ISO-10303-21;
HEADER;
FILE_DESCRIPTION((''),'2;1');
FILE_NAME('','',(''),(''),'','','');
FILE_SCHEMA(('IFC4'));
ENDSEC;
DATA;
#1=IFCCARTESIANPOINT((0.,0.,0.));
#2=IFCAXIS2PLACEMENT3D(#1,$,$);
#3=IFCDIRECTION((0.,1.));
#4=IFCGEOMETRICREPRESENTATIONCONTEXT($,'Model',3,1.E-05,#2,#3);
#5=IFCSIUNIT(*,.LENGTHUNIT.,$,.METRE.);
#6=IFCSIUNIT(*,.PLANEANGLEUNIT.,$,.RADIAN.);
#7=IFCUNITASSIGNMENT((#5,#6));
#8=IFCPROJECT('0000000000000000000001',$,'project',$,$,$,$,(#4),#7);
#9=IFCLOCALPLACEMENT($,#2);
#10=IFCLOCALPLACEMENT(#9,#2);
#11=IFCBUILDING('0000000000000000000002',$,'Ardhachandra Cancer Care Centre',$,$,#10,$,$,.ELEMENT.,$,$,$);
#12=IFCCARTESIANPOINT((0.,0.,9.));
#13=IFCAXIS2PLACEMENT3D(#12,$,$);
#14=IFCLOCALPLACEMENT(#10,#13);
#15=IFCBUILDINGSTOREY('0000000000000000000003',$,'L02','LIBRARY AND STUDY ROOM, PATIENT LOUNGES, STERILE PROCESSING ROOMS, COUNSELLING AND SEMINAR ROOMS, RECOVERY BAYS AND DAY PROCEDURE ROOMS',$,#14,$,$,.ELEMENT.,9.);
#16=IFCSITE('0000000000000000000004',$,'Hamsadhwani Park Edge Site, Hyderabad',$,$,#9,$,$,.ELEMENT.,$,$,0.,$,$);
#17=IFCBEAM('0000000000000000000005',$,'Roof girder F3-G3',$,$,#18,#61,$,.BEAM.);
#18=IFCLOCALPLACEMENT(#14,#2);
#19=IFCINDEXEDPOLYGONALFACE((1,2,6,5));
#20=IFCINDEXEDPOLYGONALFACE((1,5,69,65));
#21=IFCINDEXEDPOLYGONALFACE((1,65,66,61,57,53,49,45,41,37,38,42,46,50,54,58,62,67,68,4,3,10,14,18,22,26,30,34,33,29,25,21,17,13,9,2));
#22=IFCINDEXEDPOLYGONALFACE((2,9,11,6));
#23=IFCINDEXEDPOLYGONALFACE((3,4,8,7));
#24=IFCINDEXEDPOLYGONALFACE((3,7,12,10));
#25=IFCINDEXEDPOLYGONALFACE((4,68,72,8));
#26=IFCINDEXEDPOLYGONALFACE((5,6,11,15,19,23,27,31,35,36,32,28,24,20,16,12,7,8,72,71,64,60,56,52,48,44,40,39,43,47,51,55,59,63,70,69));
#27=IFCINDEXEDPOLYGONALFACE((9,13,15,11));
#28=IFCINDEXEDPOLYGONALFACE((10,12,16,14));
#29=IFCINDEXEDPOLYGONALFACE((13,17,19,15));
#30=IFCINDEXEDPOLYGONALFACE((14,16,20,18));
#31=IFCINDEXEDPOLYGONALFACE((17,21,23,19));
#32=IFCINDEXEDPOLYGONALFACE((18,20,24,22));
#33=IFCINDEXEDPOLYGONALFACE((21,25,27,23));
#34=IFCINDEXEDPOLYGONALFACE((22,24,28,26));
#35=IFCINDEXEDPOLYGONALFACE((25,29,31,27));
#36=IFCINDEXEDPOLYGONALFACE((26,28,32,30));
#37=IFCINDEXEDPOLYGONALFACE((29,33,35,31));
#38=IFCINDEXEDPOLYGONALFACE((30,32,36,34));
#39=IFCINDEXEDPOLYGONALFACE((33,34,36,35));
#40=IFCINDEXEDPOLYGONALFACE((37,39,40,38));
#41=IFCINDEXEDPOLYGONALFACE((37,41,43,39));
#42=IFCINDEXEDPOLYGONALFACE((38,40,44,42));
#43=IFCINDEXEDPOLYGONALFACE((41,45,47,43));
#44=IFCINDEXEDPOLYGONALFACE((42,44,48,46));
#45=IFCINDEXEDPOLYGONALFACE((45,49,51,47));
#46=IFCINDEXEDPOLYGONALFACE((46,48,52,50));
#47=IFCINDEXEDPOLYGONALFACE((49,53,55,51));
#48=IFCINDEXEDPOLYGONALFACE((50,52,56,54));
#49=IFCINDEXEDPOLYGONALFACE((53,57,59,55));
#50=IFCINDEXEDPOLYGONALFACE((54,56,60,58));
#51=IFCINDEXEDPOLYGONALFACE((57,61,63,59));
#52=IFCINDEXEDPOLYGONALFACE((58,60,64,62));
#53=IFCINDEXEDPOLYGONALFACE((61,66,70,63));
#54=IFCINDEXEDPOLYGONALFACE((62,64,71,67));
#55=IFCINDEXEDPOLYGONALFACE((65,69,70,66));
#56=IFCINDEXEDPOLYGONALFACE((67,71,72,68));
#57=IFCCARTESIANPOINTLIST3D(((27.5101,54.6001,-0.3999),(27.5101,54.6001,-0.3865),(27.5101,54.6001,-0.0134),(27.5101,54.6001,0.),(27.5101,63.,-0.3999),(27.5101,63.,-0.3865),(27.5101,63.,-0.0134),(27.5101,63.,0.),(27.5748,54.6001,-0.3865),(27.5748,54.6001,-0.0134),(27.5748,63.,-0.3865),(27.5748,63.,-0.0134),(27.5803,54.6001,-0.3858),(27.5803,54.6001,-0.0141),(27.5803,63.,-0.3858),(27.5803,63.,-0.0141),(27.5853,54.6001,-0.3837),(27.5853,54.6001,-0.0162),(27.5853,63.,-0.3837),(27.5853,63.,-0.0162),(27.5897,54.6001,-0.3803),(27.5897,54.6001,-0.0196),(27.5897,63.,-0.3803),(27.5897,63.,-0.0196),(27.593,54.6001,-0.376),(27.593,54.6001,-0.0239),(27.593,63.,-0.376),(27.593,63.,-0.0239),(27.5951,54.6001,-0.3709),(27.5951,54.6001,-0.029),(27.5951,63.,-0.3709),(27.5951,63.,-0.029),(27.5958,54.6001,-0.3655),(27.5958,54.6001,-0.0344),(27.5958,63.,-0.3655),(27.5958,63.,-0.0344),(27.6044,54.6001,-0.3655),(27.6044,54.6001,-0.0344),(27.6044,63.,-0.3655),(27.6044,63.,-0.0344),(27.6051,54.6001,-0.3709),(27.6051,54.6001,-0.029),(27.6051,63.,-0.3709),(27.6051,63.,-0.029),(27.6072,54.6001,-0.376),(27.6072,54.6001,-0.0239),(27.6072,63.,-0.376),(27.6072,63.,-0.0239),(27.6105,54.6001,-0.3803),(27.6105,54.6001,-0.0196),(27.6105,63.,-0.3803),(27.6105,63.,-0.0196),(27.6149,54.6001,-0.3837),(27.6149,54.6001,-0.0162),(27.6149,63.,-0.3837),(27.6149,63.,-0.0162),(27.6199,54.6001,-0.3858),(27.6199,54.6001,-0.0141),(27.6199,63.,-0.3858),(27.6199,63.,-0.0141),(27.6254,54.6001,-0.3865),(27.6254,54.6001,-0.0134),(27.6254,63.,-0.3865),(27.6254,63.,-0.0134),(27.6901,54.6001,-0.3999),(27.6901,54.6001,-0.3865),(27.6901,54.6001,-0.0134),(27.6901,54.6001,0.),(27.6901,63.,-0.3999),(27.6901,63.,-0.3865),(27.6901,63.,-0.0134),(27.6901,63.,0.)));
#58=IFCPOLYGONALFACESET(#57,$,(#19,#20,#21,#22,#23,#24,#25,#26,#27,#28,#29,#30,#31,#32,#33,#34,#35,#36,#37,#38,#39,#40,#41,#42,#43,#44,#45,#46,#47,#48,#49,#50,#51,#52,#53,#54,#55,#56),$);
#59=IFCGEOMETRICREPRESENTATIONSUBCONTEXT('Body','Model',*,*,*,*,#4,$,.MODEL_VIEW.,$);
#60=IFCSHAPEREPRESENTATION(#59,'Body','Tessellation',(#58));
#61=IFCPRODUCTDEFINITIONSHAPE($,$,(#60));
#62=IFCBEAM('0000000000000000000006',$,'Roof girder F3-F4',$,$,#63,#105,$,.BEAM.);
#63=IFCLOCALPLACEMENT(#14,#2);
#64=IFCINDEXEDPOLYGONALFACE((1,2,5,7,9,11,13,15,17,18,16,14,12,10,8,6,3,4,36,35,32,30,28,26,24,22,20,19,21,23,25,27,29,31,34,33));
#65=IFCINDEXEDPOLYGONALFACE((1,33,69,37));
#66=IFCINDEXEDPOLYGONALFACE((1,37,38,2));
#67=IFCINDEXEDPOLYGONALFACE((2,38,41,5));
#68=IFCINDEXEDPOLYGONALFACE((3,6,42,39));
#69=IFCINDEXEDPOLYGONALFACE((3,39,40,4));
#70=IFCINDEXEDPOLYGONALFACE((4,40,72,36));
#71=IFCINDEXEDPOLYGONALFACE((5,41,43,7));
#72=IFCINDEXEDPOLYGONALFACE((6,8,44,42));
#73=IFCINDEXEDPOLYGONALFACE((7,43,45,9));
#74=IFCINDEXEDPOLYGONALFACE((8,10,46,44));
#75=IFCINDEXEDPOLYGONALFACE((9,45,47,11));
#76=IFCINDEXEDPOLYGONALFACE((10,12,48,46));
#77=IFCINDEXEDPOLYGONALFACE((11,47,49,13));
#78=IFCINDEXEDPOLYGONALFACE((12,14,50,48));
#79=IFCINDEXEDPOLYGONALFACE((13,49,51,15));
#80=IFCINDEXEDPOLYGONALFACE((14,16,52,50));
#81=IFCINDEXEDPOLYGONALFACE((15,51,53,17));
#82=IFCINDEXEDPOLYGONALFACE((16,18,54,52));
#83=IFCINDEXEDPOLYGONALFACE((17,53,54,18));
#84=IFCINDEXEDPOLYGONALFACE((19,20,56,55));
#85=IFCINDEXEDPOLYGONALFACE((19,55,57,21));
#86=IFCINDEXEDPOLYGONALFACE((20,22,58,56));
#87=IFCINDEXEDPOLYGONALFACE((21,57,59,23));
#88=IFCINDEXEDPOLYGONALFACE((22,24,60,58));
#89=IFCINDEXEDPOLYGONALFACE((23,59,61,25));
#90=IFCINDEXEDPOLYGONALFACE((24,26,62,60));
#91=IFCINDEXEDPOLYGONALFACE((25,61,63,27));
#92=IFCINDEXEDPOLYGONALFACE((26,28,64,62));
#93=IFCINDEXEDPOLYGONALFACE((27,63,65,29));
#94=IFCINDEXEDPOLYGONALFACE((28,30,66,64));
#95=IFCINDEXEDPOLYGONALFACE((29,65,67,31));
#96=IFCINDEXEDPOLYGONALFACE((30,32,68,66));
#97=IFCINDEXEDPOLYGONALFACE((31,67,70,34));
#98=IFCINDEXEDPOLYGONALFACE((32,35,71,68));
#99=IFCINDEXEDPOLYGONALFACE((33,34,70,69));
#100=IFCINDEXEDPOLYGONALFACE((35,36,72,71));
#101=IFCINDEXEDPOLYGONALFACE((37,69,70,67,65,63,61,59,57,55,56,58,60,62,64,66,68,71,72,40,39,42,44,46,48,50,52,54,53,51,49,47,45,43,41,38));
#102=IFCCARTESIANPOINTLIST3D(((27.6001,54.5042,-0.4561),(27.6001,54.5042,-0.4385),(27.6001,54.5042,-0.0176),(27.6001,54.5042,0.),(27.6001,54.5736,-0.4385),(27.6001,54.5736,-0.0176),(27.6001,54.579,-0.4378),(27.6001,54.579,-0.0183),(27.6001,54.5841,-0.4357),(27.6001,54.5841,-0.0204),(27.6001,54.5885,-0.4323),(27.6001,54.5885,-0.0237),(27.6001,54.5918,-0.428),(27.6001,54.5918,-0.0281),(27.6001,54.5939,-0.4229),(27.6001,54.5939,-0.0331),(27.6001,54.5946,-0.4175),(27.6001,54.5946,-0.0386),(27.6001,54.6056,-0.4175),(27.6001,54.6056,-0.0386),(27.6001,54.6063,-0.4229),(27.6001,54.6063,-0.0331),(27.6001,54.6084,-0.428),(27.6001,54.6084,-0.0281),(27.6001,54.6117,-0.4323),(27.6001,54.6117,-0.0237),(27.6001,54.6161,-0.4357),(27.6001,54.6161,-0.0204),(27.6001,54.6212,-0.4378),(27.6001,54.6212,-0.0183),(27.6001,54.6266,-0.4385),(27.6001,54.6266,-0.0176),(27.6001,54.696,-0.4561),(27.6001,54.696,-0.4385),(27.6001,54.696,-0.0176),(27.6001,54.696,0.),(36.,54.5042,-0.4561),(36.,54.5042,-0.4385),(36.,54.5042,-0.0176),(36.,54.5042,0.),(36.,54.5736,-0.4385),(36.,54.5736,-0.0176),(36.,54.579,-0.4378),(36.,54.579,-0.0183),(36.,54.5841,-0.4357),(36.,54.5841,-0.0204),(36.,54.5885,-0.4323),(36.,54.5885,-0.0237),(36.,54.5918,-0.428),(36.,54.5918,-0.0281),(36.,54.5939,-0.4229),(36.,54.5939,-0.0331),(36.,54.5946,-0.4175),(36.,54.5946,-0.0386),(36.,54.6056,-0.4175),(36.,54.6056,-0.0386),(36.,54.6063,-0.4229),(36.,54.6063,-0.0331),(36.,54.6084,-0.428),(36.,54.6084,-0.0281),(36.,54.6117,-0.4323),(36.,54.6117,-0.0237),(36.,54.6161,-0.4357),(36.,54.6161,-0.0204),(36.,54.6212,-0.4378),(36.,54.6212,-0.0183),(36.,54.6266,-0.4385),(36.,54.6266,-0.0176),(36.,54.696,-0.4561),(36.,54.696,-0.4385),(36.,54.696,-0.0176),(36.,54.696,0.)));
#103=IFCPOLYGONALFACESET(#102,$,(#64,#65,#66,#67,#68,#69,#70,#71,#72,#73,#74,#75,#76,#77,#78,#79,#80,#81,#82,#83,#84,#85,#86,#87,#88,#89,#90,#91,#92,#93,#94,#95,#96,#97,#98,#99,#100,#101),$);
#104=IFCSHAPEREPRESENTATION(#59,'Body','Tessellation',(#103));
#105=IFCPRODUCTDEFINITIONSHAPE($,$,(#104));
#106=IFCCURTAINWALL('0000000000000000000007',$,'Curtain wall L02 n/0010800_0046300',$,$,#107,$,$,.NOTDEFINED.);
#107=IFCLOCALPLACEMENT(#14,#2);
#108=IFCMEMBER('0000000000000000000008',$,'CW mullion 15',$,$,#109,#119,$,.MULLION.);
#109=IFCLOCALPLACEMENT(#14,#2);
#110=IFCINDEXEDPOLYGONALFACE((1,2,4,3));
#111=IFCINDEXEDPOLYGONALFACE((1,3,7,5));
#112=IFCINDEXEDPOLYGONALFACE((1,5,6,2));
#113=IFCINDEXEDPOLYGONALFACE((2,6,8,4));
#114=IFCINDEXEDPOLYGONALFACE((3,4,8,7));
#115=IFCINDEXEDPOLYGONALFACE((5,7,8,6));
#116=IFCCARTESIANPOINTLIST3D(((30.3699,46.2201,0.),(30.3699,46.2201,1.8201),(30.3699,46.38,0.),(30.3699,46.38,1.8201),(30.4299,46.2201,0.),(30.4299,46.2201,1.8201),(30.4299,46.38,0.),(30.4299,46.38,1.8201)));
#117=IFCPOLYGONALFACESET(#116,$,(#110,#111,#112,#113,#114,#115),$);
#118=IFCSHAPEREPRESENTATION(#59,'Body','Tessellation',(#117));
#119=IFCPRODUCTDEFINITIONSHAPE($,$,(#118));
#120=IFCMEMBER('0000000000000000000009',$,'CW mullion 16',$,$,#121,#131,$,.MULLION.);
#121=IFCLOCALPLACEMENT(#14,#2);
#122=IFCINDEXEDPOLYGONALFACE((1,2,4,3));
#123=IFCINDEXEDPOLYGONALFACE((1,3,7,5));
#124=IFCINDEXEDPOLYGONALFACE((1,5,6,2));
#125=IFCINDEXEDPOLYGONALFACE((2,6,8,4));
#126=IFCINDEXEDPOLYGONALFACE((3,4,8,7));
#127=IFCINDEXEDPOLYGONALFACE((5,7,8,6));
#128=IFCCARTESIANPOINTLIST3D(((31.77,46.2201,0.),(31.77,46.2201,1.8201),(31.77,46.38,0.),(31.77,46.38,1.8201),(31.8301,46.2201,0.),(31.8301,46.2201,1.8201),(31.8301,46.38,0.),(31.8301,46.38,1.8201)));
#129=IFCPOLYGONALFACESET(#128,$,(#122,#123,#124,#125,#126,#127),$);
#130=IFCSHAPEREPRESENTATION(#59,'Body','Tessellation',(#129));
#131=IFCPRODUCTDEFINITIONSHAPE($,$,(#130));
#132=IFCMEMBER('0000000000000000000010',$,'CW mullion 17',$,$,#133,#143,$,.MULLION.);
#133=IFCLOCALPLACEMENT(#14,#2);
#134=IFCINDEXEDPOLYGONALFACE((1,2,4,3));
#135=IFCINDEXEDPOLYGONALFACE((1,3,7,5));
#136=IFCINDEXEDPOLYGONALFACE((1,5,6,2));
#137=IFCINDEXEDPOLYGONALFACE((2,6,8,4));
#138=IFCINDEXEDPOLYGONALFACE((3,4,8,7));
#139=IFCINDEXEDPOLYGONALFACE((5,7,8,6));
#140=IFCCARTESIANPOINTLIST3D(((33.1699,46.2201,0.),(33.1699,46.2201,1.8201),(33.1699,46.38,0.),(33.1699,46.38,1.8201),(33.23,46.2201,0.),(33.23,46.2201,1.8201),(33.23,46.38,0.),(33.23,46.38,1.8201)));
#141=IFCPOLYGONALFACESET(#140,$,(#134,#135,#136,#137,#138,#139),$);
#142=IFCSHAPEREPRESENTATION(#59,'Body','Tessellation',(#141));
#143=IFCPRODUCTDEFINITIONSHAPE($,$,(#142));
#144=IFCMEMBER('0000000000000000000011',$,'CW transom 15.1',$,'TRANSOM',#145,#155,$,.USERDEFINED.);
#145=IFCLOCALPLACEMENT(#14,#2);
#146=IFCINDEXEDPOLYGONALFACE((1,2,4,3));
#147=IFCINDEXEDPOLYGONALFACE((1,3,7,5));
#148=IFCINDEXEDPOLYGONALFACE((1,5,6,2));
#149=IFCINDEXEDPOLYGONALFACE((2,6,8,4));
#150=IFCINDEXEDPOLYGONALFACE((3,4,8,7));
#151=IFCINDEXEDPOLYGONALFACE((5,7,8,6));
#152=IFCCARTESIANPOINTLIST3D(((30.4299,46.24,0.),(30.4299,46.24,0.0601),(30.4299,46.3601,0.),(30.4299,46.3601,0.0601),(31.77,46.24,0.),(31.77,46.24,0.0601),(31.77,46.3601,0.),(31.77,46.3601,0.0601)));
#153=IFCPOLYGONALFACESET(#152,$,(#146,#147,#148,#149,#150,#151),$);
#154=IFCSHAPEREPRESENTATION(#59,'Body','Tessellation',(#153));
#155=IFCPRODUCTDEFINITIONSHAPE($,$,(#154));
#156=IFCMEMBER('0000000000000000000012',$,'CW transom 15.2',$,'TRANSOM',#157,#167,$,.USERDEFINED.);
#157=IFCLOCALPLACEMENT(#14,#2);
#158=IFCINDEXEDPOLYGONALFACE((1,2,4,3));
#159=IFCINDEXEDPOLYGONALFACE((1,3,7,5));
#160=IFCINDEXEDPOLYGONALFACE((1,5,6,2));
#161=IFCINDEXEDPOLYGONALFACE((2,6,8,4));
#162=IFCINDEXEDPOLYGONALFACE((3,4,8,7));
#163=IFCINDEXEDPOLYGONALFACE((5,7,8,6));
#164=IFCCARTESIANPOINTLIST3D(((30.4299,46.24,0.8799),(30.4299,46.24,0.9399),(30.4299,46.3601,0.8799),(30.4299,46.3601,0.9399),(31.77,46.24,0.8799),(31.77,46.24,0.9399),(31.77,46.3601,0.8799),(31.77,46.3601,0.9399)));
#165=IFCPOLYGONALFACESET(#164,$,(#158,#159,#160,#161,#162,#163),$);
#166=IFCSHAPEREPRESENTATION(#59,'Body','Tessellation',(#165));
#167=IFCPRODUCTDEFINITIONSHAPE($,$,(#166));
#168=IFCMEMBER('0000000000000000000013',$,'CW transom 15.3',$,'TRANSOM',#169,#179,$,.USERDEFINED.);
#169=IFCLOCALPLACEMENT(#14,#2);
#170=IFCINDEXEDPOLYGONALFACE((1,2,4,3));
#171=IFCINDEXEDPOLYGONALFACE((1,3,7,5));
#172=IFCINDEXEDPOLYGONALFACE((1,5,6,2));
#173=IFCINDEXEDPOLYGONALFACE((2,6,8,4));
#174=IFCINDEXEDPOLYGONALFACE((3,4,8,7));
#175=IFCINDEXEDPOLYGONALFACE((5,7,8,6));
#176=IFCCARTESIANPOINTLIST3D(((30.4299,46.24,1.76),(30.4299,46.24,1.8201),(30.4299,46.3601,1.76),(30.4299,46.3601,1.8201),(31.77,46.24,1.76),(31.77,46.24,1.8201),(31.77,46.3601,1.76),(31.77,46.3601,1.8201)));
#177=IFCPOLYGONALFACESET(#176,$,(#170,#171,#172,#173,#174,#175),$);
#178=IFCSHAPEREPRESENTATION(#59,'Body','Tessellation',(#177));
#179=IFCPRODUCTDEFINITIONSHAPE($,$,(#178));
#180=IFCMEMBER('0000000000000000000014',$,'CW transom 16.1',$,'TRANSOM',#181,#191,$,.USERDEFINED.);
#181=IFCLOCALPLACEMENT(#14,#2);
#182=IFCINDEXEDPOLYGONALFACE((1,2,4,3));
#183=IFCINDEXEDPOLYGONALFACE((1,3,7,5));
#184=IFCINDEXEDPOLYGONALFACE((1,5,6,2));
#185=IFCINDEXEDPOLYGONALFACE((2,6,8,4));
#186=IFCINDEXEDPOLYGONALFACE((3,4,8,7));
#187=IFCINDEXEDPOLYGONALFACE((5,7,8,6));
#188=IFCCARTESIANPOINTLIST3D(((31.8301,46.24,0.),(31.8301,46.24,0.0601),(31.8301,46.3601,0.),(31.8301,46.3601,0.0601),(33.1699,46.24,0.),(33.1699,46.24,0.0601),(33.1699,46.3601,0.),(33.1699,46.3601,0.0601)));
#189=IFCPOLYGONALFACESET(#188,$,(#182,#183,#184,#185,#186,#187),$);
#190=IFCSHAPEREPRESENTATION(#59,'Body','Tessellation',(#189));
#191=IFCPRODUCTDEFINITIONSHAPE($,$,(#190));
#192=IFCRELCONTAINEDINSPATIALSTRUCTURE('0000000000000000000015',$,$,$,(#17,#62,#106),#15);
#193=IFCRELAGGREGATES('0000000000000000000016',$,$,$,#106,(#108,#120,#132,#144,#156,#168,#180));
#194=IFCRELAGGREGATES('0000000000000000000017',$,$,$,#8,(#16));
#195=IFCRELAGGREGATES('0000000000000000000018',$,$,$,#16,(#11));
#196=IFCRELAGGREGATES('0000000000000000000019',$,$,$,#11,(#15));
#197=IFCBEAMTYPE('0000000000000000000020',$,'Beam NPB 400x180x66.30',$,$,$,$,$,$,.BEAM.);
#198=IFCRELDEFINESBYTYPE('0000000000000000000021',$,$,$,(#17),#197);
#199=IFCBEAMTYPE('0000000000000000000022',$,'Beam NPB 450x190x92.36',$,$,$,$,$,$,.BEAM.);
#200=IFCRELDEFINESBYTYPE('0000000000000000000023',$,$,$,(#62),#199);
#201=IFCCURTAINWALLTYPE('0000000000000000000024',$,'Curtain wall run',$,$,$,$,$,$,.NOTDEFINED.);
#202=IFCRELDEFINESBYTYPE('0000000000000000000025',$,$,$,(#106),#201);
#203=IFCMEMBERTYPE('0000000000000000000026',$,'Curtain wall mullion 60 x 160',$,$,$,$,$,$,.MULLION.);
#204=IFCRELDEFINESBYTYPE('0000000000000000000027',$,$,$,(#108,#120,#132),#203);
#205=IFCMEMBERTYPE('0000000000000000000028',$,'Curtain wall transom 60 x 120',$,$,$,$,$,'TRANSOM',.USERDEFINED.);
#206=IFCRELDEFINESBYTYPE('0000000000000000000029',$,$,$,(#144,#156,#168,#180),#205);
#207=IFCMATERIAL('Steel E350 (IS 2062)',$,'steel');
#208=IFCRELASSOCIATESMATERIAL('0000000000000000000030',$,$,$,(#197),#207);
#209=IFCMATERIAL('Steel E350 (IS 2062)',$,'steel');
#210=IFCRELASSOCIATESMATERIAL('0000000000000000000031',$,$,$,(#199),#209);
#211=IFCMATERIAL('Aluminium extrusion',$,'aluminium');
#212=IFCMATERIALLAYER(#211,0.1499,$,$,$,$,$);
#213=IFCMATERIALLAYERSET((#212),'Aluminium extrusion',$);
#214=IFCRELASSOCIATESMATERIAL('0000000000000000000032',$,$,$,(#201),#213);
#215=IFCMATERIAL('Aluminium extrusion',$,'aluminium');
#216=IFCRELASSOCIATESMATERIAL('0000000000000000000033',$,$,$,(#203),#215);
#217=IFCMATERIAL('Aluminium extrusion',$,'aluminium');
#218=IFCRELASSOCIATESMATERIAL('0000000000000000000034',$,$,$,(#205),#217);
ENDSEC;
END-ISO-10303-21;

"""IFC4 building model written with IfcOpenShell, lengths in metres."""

from ifc_helpers import new_model, si_unit, direction, frame, origin, origin_2d, place, context, subcontext, project, spatial, rectangle, i_section, extrude, material, layer, layer_set, material_profile, profile_set, type_object, element, aggregate, save


model = new_model("IFC4")

# Units and contexts
model_context = context("Model", 3, precision=1e-05, world=origin(), true_north=direction((0.0, 1.0)))
body_context = subcontext(model_context, "Body", "Model", "MODEL_VIEW")
ifc_project = project(units=[si_unit("LENGTHUNIT", "METRE"), si_unit("PLANEANGLEUNIT", "RADIAN")], contexts=[model_context])

# Site, building, storey
site_placement = place(None, origin())
site = spatial("IfcSite", under=ifc_project, at=site_placement, Name="Hamsadhwani Park Edge Site, Hyderabad", CompositionType="ELEMENT", RefElevation=0.0)
building_placement = place(site_placement, origin())
building = spatial("IfcBuilding", under=site, at=building_placement, Name="Ardhachandra Cancer Care Centre", CompositionType="ELEMENT")
storey_placement = place(building_placement, frame((0.0, 0.0, 9.0)))
storey = spatial("IfcBuildingStorey", under=building, at=storey_placement, Name="L02", Description="LIBRARY AND STUDY ROOM, PATIENT LOUNGES, STERILE PROCESSING ROOMS, COUNSELLING AND SEMINAR ROOMS, RECOVERY BAYS AND DAY PROCEDURE ROOMS", CompositionType="ELEMENT", Elevation=9.0)

# Beams
ifc_material_1 = material(Name="Steel E350 (IS 2062)", Category="steel")
ifc_material_profile_1 = material_profile(ifc_material_1, i_section(OverallWidth=0.1799, OverallDepth=0.3999, WebThickness=0.0085, FlangeThickness=0.0134, FilletRadius=0.021, at=origin_2d()), Name="NPB 400x180x66.30")
ifc_profile_set_1 = profile_set([ifc_material_profile_1], Name="Steel E350 (IS 2062)")
beam_type_1 = type_object("IfcBeamType", Name="Beam NPB 400x180x66.30", PredefinedType="BEAM", material=ifc_profile_set_1)
beam_1_placement = place(storey_placement, frame((27.6001, 54.6001, -0.2), z_axis=(0.0, 1.0, 0.0), x_axis=(-1.0, 0.0, 0.0)))
element("IfcBeam", 1, at=beam_1_placement, inside=storey, type_object=beam_type_1, Name="Roof girder F3-G3", PredefinedType="BEAM", context=body_context, shape_type="SweptSolid", body=[
    extrude(i_section(OverallWidth=0.1799, OverallDepth=0.3999, WebThickness=0.0085, FlangeThickness=0.0134, FilletRadius=0.021, at=origin_2d()), origin(), (0.0, 0.0, 1.0), 8.3999),
])
ifc_material_2 = material(Name="Steel E350 (IS 2062)", Category="steel")
ifc_material_profile_2 = material_profile(ifc_material_2, i_section(OverallWidth=0.1919, OverallDepth=0.4561, WebThickness=0.011, FlangeThickness=0.0176, FilletRadius=0.021, at=origin_2d()), Name="NPB 450x190x92.36")
ifc_profile_set_2 = profile_set([ifc_material_profile_2], Name="Steel E350 (IS 2062)")
beam_type_2 = type_object("IfcBeamType", Name="Beam NPB 450x190x92.36", PredefinedType="BEAM", material=ifc_profile_set_2)
beam_2_placement = place(storey_placement, frame((27.6001, 54.6001, -0.228), z_axis=(1.0, 0.0, 0.0), x_axis=(0.0, 1.0, 0.0)))
element("IfcBeam", 2, at=beam_2_placement, inside=storey, type_object=beam_type_2, Name="Roof girder F3-F4", PredefinedType="BEAM", context=body_context, shape_type="SweptSolid", body=[
    extrude(i_section(OverallWidth=0.1919, OverallDepth=0.4561, WebThickness=0.011, FlangeThickness=0.0176, FilletRadius=0.021, at=origin_2d()), origin(), (0.0, 0.0, 1.0), 8.3999),
])

# Curtain wall, members
ifc_material_3 = material(Name="Aluminium extrusion", Category="aluminium")
ifc_layer_1 = layer(ifc_material_3, 0.1499)
ifc_layer_set_1 = layer_set([ifc_layer_1], Name="Aluminium extrusion")
curtain_wall_type = type_object("IfcCurtainWallType", Name="Curtain wall run", PredefinedType="NOTDEFINED", material=ifc_layer_set_1)
curtain_wall_placement = place(storey_placement, origin())
curtain_wall = element("IfcCurtainWall", 3, at=curtain_wall_placement, inside=storey, type_object=curtain_wall_type, Name="Curtain wall L02 n/0010800_0046300", PredefinedType="NOTDEFINED")
ifc_material_4 = material(Name="Aluminium extrusion", Category="aluminium")
ifc_material_profile_3 = material_profile(ifc_material_4, rectangle(XDim=0.1599, YDim=0.0601, at=origin_2d()), Name="Curtain wall mullion 60 x 160")
ifc_profile_set_3 = profile_set([ifc_material_profile_3], Name="Aluminium extrusion")
member_type_1 = type_object("IfcMemberType", Name="Curtain wall mullion 60 x 160", PredefinedType="MULLION", material=ifc_profile_set_3)
member_1_placement = place(storey_placement, frame((30.3999, 46.3, 0.0), z_axis=(0.0, 0.0, 1.0), x_axis=(0.0, 1.0, 0.0)))
member_1 = element("IfcMember", 4, at=member_1_placement, type_object=member_type_1, Name="CW mullion 15", PredefinedType="MULLION", context=body_context, shape_type="SweptSolid", body=[
    extrude(rectangle(XDim=0.1599, YDim=0.0601, at=origin_2d()), origin(), (0.0, 0.0, 1.0), 1.8201),
])
member_2_placement = place(storey_placement, frame((31.8, 46.3, 0.0), z_axis=(0.0, 0.0, 1.0), x_axis=(0.0, 1.0, 0.0)))
member_2 = element("IfcMember", 5, at=member_2_placement, type_object=member_type_1, Name="CW mullion 16", PredefinedType="MULLION", context=body_context, shape_type="SweptSolid", body=[
    extrude(rectangle(XDim=0.1599, YDim=0.0601, at=origin_2d()), origin(), (0.0, 0.0, 1.0), 1.8201),
])
member_3_placement = place(storey_placement, frame((33.2, 46.3, 0.0), z_axis=(0.0, 0.0, 1.0), x_axis=(0.0, 1.0, 0.0)))
member_3 = element("IfcMember", 6, at=member_3_placement, type_object=member_type_1, Name="CW mullion 17", PredefinedType="MULLION", context=body_context, shape_type="SweptSolid", body=[
    extrude(rectangle(XDim=0.1599, YDim=0.0601, at=origin_2d()), origin(), (0.0, 0.0, 1.0), 1.8201),
])
ifc_material_5 = material(Name="Aluminium extrusion", Category="aluminium")
ifc_material_profile_4 = material_profile(ifc_material_5, rectangle(XDim=0.1201, YDim=0.0601, at=origin_2d()), Name="Curtain wall transom 60 x 120")
ifc_profile_set_4 = profile_set([ifc_material_profile_4], Name="Aluminium extrusion")
member_type_2 = type_object("IfcMemberType", Name="Curtain wall transom 60 x 120", ElementType="TRANSOM", PredefinedType="USERDEFINED", material=ifc_profile_set_4)
member_4_placement = place(storey_placement, frame((30.4299, 46.3, 0.03), z_axis=(1.0, 0.0, 0.0), x_axis=(0.0, 1.0, 0.0)))
member_4 = element("IfcMember", 7, at=member_4_placement, type_object=member_type_2, Name="CW transom 15.1", ObjectType="TRANSOM", PredefinedType="USERDEFINED", context=body_context, shape_type="SweptSolid", body=[
    extrude(rectangle(XDim=0.1201, YDim=0.0601, at=origin_2d()), origin(), (0.0, 0.0, 1.0), 1.3401),
])
member_5_placement = place(storey_placement, frame((30.4299, 46.3, 0.9099), z_axis=(1.0, 0.0, 0.0), x_axis=(0.0, 1.0, 0.0)))
member_5 = element("IfcMember", 8, at=member_5_placement, type_object=member_type_2, Name="CW transom 15.2", ObjectType="TRANSOM", PredefinedType="USERDEFINED", context=body_context, shape_type="SweptSolid", body=[
    extrude(rectangle(XDim=0.1201, YDim=0.0601, at=origin_2d()), origin(), (0.0, 0.0, 1.0), 1.3401),
])
member_6_placement = place(storey_placement, frame((30.4299, 46.3, 1.79), z_axis=(1.0, 0.0, 0.0), x_axis=(0.0, 1.0, 0.0)))
member_6 = element("IfcMember", 9, at=member_6_placement, type_object=member_type_2, Name="CW transom 15.3", ObjectType="TRANSOM", PredefinedType="USERDEFINED", context=body_context, shape_type="SweptSolid", body=[
    extrude(rectangle(XDim=0.1201, YDim=0.0601, at=origin_2d()), origin(), (0.0, 0.0, 1.0), 1.3401),
])
member_7_placement = place(storey_placement, frame((31.8301, 46.3, 0.03), z_axis=(1.0, 0.0, 0.0), x_axis=(0.0, 1.0, 0.0)))
member_7 = element("IfcMember", 10, at=member_7_placement, type_object=member_type_2, Name="CW transom 16.1", ObjectType="TRANSOM", PredefinedType="USERDEFINED", context=body_context, shape_type="SweptSolid", body=[
    extrude(rectangle(XDim=0.1201, YDim=0.0601, at=origin_2d()), origin(), (0.0, 0.0, 1.0), 1.3398),
])

aggregate(curtain_wall, [member_1, member_2, member_3, member_4, member_5, member_6, member_7])

save(model, "model.ifc")
